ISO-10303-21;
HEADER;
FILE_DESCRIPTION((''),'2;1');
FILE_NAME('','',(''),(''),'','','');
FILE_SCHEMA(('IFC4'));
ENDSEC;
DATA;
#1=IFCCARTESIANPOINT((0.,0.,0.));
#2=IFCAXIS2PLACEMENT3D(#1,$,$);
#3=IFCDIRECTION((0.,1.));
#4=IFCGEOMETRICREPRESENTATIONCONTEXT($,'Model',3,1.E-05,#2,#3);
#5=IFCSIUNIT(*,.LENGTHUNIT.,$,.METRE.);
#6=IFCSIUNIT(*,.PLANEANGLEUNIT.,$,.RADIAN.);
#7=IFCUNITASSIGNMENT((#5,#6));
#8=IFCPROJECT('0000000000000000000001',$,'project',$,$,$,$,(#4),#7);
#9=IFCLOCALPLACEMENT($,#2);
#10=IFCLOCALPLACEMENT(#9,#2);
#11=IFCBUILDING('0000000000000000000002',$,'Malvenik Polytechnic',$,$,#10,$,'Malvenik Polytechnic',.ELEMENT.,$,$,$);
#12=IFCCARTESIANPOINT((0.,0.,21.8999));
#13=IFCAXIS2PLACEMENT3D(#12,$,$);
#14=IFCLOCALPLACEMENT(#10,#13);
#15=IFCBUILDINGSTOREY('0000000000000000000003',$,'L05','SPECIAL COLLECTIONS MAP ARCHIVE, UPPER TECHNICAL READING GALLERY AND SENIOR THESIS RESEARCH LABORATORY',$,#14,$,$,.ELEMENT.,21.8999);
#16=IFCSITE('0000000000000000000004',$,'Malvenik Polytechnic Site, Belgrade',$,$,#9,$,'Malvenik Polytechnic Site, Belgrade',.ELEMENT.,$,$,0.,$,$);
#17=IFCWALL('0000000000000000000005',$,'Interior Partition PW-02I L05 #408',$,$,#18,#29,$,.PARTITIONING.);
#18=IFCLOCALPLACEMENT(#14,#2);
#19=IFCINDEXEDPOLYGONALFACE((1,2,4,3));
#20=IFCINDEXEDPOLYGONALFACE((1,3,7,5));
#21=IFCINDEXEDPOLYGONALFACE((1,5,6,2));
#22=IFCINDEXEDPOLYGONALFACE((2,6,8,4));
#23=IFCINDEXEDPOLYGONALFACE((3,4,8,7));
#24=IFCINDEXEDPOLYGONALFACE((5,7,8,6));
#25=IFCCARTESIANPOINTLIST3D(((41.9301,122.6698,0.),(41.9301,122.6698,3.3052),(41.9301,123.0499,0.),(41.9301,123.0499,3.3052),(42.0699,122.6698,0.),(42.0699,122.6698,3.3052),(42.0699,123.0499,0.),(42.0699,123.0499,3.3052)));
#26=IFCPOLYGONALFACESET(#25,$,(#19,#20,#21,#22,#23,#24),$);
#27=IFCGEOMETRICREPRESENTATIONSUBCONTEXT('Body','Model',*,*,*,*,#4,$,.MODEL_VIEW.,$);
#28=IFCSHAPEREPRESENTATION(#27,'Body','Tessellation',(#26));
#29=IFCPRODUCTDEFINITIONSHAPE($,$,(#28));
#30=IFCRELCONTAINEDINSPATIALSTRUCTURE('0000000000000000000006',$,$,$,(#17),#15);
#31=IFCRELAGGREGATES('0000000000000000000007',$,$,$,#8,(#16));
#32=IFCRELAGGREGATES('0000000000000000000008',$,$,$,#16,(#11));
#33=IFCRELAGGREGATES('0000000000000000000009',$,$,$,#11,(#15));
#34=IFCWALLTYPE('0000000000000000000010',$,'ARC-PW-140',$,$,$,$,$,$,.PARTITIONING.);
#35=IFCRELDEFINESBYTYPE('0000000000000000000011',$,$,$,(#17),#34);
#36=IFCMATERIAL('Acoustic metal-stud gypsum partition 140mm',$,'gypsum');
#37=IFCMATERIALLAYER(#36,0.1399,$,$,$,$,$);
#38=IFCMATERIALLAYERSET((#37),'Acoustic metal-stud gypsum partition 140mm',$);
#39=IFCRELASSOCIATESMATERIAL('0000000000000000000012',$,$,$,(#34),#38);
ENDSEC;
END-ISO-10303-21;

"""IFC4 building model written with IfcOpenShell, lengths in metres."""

from ifc_helpers import new_model, si_unit, direction, frame, frame_2d, origin, place, context, subcontext, project, spatial, rectangle, extrude, material, layer, layer_set, type_object, element, save


model = new_model("IFC4")

# Units and contexts
model_context = context("Model", 3, precision=1e-05, world=origin(), true_north=direction((0.0, 1.0)))
body_context = subcontext(model_context, "Body", "Model", "MODEL_VIEW")
ifc_project = project(units=[si_unit("LENGTHUNIT", "METRE"), si_unit("PLANEANGLEUNIT", "RADIAN")], contexts=[model_context])

# Site, building, storey
site_placement = place(None, origin())
site = spatial("IfcSite", under=ifc_project, at=site_placement, Name="Malvenik Polytechnic Site, Belgrade", LongName="Malvenik Polytechnic Site, Belgrade", CompositionType="ELEMENT", RefElevation=0.0)
building_placement = place(site_placement, origin())
building = spatial("IfcBuilding", under=site, at=building_placement, Name="Malvenik Polytechnic", LongName="Malvenik Polytechnic", CompositionType="ELEMENT")
storey_placement = place(building_placement, frame((0.0, 0.0, 21.8999)))
storey = spatial("IfcBuildingStorey", under=building, at=storey_placement, Name="L05", Description="SPECIAL COLLECTIONS MAP ARCHIVE, UPPER TECHNICAL READING GALLERY AND SENIOR THESIS RESEARCH LABORATORY", CompositionType="ELEMENT", Elevation=21.8999)

# Wall
ifc_material_1 = material(Name="Acoustic metal-stud gypsum partition 140mm", Category="gypsum")
ifc_layer_1 = layer(ifc_material_1, 0.1399)
ifc_layer_set_1 = layer_set([ifc_layer_1], Name="Acoustic metal-stud gypsum partition 140mm")
wall_type_1 = type_object("IfcWallType", Name="ARC-PW-140", PredefinedType="PARTITIONING", material=ifc_layer_set_1)
wall_1_placement = place(storey_placement, frame((42.0, 122.6699, 0.0), z_axis=(0.0, 0.0, 1.0), x_axis=(0.0, 1.0, 0.0)))
element("IfcWall", 1, at=wall_1_placement, inside=storey, type_object=wall_type_1, Name="Interior Partition PW-02I L05 #408", PredefinedType="PARTITIONING", context=body_context, shape_type="SweptSolid", body=[
    extrude(rectangle(XDim=0.3801, YDim=0.1399, at=frame_2d((0.1899, 0.0))), origin(), (0.0, 0.0, 1.0), 3.3052),
])

save(model, "model.ifc")
